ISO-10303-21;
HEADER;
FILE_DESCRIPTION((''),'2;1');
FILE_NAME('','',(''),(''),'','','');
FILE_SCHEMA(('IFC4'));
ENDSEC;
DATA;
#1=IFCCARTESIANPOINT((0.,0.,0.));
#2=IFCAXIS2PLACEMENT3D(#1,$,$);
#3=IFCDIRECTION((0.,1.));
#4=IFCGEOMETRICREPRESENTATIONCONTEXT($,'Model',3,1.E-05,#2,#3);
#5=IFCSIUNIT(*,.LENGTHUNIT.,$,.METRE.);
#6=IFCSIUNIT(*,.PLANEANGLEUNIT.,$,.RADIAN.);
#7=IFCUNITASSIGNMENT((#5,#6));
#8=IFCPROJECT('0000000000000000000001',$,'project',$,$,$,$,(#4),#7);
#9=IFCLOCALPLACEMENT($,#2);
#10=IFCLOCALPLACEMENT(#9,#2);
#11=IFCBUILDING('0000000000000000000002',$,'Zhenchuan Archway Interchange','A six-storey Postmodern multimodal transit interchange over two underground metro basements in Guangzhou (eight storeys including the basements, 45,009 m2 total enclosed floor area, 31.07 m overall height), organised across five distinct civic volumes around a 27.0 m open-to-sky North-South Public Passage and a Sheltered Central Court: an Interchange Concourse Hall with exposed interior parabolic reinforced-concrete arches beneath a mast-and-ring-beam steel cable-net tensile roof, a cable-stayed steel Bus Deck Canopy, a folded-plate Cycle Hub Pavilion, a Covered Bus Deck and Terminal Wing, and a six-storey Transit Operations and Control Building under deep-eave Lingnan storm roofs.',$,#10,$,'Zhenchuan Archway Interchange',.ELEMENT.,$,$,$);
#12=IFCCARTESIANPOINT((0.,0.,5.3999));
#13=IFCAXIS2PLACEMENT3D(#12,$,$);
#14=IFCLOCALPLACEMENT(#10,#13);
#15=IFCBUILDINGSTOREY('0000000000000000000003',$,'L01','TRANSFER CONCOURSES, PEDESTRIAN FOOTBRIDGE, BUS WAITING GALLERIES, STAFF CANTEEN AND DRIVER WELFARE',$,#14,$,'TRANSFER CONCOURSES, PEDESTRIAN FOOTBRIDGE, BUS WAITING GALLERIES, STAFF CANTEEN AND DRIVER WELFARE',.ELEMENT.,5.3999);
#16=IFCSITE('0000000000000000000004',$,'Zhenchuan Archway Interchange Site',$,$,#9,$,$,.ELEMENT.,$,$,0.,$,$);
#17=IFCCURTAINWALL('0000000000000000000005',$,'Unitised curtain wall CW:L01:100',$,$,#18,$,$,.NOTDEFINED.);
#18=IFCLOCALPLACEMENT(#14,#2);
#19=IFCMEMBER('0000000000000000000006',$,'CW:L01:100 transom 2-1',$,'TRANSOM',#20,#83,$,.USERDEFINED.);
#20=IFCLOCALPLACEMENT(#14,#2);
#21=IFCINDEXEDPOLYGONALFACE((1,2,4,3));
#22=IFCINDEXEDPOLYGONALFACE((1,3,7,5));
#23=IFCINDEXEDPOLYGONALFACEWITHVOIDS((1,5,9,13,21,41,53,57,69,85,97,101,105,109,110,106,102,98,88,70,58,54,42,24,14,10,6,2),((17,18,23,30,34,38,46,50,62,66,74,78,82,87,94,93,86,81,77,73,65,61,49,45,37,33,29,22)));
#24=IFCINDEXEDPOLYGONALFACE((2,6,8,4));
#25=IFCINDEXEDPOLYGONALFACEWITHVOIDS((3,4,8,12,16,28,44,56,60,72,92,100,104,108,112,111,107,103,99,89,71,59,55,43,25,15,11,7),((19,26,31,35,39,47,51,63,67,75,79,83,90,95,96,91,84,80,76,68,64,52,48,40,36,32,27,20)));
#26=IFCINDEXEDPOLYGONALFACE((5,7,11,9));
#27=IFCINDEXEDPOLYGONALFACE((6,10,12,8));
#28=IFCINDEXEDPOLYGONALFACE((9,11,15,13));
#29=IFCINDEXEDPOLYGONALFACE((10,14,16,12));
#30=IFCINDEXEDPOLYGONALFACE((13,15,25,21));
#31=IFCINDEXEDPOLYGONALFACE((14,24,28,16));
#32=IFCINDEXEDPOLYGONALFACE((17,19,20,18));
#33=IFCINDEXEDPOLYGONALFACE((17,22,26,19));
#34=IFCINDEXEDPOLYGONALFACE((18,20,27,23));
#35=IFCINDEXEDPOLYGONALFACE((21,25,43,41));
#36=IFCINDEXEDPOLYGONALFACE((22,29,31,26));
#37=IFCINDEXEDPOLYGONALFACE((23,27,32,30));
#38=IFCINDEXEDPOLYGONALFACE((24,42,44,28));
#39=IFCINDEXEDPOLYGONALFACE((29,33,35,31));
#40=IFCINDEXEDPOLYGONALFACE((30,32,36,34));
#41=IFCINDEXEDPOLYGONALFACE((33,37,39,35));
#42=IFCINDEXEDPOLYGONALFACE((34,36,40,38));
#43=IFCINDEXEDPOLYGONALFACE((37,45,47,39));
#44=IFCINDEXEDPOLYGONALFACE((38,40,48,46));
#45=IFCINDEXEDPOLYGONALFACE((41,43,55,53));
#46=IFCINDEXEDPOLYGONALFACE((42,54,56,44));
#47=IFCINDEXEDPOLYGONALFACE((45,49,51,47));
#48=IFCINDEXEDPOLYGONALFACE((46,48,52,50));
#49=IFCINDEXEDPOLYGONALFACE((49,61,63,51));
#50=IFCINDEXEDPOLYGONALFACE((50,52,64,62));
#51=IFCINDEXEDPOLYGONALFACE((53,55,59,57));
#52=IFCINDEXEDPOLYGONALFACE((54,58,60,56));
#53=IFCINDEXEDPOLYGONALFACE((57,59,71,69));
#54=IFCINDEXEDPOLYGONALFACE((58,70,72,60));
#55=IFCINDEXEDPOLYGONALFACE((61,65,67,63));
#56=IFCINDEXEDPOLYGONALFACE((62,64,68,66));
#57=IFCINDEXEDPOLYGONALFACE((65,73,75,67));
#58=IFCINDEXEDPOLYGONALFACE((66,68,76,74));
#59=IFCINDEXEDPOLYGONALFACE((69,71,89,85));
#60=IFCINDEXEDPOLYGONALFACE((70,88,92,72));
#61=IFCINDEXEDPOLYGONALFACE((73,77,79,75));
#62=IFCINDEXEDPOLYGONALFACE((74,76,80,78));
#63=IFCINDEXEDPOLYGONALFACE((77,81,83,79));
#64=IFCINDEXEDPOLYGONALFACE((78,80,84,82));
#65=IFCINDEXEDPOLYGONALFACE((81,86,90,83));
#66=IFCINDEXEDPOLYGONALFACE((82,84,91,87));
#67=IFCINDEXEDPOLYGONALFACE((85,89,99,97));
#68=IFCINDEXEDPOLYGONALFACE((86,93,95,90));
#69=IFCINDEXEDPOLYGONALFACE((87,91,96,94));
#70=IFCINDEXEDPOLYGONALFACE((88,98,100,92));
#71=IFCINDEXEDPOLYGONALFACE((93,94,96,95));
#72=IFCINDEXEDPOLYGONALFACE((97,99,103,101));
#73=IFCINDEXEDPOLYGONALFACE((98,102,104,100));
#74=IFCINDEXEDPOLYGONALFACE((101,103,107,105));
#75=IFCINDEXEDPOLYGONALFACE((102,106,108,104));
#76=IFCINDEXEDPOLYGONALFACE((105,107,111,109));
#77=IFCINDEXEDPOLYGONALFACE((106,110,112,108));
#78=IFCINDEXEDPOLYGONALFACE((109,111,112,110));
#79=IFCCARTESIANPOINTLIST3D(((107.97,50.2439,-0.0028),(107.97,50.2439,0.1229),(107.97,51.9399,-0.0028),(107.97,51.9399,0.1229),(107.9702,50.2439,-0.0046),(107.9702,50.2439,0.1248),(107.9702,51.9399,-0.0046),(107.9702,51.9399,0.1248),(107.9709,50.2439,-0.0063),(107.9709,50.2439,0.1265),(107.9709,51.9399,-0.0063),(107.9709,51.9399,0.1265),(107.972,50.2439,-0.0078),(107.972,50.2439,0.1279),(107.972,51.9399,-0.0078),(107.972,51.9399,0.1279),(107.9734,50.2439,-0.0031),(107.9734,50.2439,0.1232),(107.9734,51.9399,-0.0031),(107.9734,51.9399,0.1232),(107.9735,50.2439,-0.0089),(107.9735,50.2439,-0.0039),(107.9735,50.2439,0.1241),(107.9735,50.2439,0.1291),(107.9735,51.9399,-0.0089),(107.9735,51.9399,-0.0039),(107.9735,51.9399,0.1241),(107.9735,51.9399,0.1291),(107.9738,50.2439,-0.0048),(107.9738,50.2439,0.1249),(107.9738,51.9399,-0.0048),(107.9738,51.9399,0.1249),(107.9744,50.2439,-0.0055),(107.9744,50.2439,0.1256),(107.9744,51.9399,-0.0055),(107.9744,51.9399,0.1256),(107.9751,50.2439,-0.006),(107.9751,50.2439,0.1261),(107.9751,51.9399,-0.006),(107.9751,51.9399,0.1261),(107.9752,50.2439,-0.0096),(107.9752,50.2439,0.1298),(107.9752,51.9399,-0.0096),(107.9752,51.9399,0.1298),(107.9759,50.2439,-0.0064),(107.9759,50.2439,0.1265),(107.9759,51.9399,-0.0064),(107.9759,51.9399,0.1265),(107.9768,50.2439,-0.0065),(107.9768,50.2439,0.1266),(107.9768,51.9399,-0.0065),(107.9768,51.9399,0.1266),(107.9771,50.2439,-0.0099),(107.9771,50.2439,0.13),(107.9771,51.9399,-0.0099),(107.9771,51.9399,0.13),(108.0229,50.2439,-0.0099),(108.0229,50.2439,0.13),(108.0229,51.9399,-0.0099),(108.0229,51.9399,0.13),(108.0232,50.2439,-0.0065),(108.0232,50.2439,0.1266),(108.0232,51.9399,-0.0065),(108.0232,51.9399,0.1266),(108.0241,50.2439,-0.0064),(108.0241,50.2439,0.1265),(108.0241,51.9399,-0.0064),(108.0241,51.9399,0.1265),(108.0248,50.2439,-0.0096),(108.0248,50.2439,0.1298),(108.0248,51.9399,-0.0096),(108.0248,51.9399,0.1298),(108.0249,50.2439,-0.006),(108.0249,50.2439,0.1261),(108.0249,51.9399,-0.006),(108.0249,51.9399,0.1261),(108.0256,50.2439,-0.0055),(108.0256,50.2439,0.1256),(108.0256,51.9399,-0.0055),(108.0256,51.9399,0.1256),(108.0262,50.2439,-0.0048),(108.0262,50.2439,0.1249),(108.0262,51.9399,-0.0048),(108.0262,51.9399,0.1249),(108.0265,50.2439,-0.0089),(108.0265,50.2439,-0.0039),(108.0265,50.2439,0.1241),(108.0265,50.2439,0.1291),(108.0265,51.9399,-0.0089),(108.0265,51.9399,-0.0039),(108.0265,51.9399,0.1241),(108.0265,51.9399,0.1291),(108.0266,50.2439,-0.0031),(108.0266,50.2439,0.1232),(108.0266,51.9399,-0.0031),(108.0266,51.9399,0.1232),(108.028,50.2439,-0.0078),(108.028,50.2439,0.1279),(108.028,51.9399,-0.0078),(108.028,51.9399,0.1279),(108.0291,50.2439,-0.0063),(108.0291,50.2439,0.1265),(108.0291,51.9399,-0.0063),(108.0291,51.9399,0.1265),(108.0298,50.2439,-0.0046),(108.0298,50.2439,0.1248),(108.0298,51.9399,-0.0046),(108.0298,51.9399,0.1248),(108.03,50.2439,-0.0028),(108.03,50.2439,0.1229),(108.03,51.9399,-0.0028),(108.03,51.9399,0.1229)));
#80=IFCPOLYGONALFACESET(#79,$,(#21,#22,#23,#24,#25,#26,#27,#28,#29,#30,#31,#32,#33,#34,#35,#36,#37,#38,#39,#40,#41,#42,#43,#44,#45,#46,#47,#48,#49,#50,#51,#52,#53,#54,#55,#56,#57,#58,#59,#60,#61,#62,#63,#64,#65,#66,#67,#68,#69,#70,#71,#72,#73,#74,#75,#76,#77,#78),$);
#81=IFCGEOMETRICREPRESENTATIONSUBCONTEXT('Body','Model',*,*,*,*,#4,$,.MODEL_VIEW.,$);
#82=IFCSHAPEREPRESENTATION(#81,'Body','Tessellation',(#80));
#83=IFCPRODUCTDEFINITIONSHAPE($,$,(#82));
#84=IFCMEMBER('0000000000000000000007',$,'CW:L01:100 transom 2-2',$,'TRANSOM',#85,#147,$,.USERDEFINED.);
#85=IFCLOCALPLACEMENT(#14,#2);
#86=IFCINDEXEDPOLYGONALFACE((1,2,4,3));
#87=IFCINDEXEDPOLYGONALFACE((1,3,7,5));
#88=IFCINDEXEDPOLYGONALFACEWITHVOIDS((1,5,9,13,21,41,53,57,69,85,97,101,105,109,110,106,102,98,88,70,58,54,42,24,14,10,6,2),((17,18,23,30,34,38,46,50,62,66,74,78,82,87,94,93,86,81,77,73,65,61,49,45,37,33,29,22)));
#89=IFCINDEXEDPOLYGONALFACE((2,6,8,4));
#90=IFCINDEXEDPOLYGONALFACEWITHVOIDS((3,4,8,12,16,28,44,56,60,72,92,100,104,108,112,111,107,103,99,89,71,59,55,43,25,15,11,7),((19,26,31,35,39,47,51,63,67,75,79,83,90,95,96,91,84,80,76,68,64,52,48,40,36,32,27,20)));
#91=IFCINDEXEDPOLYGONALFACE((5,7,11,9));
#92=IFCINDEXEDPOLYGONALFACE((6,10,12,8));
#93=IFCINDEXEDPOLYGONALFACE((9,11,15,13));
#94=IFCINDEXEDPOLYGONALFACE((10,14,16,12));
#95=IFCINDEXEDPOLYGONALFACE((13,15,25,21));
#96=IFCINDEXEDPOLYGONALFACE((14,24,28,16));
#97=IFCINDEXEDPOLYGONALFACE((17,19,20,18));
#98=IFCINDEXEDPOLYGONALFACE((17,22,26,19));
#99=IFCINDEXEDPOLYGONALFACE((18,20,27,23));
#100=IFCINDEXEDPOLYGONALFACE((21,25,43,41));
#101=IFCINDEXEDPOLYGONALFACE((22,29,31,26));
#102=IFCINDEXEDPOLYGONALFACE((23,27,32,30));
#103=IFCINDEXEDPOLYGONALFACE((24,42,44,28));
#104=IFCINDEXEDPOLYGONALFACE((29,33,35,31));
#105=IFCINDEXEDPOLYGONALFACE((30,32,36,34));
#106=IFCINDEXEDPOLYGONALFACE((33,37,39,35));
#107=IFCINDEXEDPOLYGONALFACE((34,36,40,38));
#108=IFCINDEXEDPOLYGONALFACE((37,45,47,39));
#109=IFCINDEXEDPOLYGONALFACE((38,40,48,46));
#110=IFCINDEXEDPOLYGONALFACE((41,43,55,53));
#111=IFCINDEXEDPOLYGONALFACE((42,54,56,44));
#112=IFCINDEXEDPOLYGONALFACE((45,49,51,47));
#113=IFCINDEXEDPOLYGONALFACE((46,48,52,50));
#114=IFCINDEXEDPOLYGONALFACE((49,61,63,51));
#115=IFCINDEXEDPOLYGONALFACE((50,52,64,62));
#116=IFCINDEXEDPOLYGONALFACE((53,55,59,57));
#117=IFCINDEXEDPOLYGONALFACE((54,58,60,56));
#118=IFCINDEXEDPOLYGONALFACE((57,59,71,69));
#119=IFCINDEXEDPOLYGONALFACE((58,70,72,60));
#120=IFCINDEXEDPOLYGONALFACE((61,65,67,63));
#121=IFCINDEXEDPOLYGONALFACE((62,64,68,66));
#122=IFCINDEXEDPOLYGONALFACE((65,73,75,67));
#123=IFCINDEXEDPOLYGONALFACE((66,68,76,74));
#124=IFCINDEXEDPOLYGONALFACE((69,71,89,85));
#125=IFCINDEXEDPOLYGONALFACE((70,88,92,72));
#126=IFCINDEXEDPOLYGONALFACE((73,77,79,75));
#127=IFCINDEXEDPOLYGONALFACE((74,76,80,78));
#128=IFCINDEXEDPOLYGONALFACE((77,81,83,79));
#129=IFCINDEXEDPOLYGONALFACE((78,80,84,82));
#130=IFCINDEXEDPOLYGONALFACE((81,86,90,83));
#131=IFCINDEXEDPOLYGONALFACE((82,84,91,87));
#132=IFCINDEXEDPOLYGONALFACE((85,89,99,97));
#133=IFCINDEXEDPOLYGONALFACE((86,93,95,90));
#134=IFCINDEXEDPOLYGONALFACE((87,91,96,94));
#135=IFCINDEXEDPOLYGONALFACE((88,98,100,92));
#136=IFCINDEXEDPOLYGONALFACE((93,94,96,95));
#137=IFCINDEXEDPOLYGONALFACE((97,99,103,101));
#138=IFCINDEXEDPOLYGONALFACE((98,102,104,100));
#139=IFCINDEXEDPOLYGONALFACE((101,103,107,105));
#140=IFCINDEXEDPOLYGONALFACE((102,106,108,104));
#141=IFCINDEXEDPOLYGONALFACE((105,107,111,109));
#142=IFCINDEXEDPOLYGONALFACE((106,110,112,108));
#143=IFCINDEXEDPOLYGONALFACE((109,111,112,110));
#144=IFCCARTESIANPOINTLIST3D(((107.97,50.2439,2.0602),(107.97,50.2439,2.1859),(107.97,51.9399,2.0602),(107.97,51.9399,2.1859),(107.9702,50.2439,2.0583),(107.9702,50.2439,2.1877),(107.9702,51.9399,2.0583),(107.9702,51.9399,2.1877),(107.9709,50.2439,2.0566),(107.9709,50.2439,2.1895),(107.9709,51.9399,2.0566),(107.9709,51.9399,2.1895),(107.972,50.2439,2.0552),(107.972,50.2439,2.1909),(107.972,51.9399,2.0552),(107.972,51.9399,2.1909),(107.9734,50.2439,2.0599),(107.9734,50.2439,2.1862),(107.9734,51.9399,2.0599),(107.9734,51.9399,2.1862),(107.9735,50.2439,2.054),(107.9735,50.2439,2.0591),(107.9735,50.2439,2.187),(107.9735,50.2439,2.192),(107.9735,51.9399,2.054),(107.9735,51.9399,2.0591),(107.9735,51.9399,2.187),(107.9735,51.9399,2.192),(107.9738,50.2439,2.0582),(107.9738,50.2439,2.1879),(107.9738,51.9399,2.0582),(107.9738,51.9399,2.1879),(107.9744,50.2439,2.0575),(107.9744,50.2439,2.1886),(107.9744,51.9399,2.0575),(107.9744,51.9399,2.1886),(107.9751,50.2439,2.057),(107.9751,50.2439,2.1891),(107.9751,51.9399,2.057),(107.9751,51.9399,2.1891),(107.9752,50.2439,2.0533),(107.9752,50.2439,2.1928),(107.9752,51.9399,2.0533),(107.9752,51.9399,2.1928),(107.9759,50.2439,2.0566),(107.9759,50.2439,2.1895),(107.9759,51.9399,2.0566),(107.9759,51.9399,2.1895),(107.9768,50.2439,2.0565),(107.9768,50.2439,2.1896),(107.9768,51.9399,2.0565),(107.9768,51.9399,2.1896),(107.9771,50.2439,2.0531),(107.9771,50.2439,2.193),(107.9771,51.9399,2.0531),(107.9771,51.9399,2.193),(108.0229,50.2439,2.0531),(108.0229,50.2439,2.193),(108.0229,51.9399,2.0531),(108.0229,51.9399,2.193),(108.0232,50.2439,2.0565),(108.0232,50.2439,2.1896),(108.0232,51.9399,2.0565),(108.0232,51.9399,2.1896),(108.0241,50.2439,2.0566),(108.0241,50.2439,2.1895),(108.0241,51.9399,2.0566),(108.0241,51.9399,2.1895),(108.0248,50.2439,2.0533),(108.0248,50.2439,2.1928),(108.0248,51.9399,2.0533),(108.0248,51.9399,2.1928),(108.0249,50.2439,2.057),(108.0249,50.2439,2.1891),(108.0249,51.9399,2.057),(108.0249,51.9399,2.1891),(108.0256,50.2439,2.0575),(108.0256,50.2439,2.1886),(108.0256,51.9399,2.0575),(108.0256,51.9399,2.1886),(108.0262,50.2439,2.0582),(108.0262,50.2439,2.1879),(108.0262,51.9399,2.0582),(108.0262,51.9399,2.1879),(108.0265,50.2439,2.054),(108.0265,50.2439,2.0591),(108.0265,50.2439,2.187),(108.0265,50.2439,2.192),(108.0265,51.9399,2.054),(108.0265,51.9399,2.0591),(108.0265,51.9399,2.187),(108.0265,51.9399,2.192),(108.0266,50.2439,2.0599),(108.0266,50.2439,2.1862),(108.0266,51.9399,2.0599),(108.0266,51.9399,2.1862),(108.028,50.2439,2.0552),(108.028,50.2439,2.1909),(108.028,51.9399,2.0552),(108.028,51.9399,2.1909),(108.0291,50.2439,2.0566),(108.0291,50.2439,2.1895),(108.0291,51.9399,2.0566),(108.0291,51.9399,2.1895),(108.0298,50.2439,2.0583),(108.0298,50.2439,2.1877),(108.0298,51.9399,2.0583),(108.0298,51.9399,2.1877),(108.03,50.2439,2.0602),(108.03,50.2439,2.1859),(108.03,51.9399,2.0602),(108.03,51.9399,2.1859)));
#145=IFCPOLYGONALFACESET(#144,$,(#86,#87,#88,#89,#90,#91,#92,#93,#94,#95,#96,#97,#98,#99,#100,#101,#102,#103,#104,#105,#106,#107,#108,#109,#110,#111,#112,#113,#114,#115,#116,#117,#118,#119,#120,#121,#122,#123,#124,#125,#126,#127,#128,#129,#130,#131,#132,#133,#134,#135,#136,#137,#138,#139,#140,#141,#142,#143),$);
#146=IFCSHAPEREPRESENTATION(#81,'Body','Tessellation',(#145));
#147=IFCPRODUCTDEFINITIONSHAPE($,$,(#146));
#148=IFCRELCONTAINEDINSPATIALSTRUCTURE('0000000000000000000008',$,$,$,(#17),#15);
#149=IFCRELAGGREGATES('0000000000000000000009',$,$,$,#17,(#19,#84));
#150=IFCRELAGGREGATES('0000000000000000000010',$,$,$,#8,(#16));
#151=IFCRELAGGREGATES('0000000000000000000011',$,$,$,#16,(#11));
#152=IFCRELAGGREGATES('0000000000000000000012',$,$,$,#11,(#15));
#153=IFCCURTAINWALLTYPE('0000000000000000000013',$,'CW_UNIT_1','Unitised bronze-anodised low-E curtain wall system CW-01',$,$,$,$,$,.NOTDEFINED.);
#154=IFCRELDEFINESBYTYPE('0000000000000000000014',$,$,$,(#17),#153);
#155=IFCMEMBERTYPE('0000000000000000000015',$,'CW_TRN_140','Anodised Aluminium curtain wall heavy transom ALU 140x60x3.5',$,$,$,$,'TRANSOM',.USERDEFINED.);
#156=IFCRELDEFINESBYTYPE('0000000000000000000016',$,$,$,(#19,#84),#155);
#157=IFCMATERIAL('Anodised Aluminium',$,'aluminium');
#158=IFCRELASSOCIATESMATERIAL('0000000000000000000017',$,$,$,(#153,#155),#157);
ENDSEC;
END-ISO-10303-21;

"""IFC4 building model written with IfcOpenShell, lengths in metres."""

from ifc_helpers import new_model, si_unit, direction, frame, origin, origin_2d, place, context, subcontext, project, spatial, hollow_rectangle, extrude, material, material_profile, profile_set, type_object, element, aggregate, save


model = new_model("IFC4")

# Units and contexts
model_context = context("Model", 3, precision=1e-05, world=origin(), true_north=direction((0.0, 1.0)))
body_context = subcontext(model_context, "Body", "Model", "MODEL_VIEW")
ifc_project = project(units=[si_unit("LENGTHUNIT", "METRE"), si_unit("PLANEANGLEUNIT", "RADIAN")], contexts=[model_context])

# Site, building, storey
site_placement = place(None, origin())
site = spatial("IfcSite", under=ifc_project, at=site_placement, Name="Zhenchuan Archway Interchange Site", CompositionType="ELEMENT", RefElevation=0.0)
building_placement = place(site_placement, origin())
building = spatial("IfcBuilding", under=site, at=building_placement, Name="Zhenchuan Archway Interchange", Description="A six-storey Postmodern multimodal transit interchange over two underground metro basements in Guangzhou (eight storeys including the basements, 45,009 m2 total enclosed floor area, 31.07 m overall height), organised across five distinct civic volumes around a 27.0 m open-to-sky North-South Public Passage and a Sheltered Central Court: an Interchange Concourse Hall with exposed interior parabolic reinforced-concrete arches beneath a mast-and-ring-beam steel cable-net tensile roof, a cable-stayed steel Bus Deck Canopy, a folded-plate Cycle Hub Pavilion, a Covered Bus Deck and Terminal Wing, and a six-storey Transit Operations and Control Building under deep-eave Lingnan storm roofs.", LongName="Zhenchuan Archway Interchange", CompositionType="ELEMENT")
storey_placement = place(building_placement, frame((0.0, 0.0, 5.3999)))
storey = spatial("IfcBuildingStorey", under=building, at=storey_placement, Name="L01", Description="TRANSFER CONCOURSES, PEDESTRIAN FOOTBRIDGE, BUS WAITING GALLERIES, STAFF CANTEEN AND DRIVER WELFARE", LongName="TRANSFER CONCOURSES, PEDESTRIAN FOOTBRIDGE, BUS WAITING GALLERIES, STAFF CANTEEN AND DRIVER WELFARE", CompositionType="ELEMENT", Elevation=5.3999)

# Shared definitions
ifc_material_1 = material(Name="Anodised Aluminium", Category="aluminium")

# Curtain wall, members
curtain_wall_type_1 = type_object("IfcCurtainWallType", Name="CW_UNIT_1", Description="Unitised bronze-anodised low-E curtain wall system CW-01", PredefinedType="NOTDEFINED", material=ifc_material_1)
curtain_wall_1_placement = place(storey_placement, origin())
curtain_wall_1 = element("IfcCurtainWall", 1, at=curtain_wall_1_placement, inside=storey, type_object=curtain_wall_type_1, Name="Unitised curtain wall CW:L01:100", PredefinedType="NOTDEFINED")
ifc_material_profile_1 = material_profile(ifc_material_1, hollow_rectangle(XDim=0.0601, YDim=0.1399, WallThickness=0.0034, InnerFilletRadius=0.0034, OuterFilletRadius=0.0071, at=origin_2d()), Name="ALU 140x60x3.5")
ifc_profile_set_1 = profile_set([ifc_material_profile_1], Name="Anodised Aluminium")
member_type_1 = type_object("IfcMemberType", Name="CW_TRN_140", Description="Anodised Aluminium curtain wall heavy transom ALU 140x60x3.5", ElementType="TRANSOM", PredefinedType="USERDEFINED", material=ifc_profile_set_1)
member_1_placement = place(storey_placement, frame((108.0, 51.9399, 0.0601), z_axis=(0.0, -1.0, 0.0), x_axis=(1.0, 0.0, 0.0)))
member_1 = element("IfcMember", 2, at=member_1_placement, type_object=member_type_1, Name="CW:L01:100 transom 2-1", ObjectType="TRANSOM", PredefinedType="USERDEFINED", context=body_context, shape_type="SweptSolid", body=[
    extrude(hollow_rectangle(XDim=0.0601, YDim=0.1399, WallThickness=0.0034, InnerFilletRadius=0.0034, OuterFilletRadius=0.0071, at=origin_2d()), origin(), (0.0, 0.0, 1.0), 1.696),
])
member_2_placement = place(storey_placement, frame((108.0, 51.9399, 2.123), z_axis=(0.0, -1.0, 0.0), x_axis=(1.0, 0.0, 0.0)))
member_2 = element("IfcMember", 3, at=member_2_placement, type_object=member_type_1, Name="CW:L01:100 transom 2-2", ObjectType="TRANSOM", PredefinedType="USERDEFINED", context=body_context, shape_type="SweptSolid", body=[
    extrude(hollow_rectangle(XDim=0.0601, YDim=0.1399, WallThickness=0.0034, InnerFilletRadius=0.0034, OuterFilletRadius=0.0071, at=origin_2d()), origin(), (0.0, 0.0, 1.0), 1.696),
])

aggregate(curtain_wall_1, [member_1, member_2])

save(model, "model.ifc")
